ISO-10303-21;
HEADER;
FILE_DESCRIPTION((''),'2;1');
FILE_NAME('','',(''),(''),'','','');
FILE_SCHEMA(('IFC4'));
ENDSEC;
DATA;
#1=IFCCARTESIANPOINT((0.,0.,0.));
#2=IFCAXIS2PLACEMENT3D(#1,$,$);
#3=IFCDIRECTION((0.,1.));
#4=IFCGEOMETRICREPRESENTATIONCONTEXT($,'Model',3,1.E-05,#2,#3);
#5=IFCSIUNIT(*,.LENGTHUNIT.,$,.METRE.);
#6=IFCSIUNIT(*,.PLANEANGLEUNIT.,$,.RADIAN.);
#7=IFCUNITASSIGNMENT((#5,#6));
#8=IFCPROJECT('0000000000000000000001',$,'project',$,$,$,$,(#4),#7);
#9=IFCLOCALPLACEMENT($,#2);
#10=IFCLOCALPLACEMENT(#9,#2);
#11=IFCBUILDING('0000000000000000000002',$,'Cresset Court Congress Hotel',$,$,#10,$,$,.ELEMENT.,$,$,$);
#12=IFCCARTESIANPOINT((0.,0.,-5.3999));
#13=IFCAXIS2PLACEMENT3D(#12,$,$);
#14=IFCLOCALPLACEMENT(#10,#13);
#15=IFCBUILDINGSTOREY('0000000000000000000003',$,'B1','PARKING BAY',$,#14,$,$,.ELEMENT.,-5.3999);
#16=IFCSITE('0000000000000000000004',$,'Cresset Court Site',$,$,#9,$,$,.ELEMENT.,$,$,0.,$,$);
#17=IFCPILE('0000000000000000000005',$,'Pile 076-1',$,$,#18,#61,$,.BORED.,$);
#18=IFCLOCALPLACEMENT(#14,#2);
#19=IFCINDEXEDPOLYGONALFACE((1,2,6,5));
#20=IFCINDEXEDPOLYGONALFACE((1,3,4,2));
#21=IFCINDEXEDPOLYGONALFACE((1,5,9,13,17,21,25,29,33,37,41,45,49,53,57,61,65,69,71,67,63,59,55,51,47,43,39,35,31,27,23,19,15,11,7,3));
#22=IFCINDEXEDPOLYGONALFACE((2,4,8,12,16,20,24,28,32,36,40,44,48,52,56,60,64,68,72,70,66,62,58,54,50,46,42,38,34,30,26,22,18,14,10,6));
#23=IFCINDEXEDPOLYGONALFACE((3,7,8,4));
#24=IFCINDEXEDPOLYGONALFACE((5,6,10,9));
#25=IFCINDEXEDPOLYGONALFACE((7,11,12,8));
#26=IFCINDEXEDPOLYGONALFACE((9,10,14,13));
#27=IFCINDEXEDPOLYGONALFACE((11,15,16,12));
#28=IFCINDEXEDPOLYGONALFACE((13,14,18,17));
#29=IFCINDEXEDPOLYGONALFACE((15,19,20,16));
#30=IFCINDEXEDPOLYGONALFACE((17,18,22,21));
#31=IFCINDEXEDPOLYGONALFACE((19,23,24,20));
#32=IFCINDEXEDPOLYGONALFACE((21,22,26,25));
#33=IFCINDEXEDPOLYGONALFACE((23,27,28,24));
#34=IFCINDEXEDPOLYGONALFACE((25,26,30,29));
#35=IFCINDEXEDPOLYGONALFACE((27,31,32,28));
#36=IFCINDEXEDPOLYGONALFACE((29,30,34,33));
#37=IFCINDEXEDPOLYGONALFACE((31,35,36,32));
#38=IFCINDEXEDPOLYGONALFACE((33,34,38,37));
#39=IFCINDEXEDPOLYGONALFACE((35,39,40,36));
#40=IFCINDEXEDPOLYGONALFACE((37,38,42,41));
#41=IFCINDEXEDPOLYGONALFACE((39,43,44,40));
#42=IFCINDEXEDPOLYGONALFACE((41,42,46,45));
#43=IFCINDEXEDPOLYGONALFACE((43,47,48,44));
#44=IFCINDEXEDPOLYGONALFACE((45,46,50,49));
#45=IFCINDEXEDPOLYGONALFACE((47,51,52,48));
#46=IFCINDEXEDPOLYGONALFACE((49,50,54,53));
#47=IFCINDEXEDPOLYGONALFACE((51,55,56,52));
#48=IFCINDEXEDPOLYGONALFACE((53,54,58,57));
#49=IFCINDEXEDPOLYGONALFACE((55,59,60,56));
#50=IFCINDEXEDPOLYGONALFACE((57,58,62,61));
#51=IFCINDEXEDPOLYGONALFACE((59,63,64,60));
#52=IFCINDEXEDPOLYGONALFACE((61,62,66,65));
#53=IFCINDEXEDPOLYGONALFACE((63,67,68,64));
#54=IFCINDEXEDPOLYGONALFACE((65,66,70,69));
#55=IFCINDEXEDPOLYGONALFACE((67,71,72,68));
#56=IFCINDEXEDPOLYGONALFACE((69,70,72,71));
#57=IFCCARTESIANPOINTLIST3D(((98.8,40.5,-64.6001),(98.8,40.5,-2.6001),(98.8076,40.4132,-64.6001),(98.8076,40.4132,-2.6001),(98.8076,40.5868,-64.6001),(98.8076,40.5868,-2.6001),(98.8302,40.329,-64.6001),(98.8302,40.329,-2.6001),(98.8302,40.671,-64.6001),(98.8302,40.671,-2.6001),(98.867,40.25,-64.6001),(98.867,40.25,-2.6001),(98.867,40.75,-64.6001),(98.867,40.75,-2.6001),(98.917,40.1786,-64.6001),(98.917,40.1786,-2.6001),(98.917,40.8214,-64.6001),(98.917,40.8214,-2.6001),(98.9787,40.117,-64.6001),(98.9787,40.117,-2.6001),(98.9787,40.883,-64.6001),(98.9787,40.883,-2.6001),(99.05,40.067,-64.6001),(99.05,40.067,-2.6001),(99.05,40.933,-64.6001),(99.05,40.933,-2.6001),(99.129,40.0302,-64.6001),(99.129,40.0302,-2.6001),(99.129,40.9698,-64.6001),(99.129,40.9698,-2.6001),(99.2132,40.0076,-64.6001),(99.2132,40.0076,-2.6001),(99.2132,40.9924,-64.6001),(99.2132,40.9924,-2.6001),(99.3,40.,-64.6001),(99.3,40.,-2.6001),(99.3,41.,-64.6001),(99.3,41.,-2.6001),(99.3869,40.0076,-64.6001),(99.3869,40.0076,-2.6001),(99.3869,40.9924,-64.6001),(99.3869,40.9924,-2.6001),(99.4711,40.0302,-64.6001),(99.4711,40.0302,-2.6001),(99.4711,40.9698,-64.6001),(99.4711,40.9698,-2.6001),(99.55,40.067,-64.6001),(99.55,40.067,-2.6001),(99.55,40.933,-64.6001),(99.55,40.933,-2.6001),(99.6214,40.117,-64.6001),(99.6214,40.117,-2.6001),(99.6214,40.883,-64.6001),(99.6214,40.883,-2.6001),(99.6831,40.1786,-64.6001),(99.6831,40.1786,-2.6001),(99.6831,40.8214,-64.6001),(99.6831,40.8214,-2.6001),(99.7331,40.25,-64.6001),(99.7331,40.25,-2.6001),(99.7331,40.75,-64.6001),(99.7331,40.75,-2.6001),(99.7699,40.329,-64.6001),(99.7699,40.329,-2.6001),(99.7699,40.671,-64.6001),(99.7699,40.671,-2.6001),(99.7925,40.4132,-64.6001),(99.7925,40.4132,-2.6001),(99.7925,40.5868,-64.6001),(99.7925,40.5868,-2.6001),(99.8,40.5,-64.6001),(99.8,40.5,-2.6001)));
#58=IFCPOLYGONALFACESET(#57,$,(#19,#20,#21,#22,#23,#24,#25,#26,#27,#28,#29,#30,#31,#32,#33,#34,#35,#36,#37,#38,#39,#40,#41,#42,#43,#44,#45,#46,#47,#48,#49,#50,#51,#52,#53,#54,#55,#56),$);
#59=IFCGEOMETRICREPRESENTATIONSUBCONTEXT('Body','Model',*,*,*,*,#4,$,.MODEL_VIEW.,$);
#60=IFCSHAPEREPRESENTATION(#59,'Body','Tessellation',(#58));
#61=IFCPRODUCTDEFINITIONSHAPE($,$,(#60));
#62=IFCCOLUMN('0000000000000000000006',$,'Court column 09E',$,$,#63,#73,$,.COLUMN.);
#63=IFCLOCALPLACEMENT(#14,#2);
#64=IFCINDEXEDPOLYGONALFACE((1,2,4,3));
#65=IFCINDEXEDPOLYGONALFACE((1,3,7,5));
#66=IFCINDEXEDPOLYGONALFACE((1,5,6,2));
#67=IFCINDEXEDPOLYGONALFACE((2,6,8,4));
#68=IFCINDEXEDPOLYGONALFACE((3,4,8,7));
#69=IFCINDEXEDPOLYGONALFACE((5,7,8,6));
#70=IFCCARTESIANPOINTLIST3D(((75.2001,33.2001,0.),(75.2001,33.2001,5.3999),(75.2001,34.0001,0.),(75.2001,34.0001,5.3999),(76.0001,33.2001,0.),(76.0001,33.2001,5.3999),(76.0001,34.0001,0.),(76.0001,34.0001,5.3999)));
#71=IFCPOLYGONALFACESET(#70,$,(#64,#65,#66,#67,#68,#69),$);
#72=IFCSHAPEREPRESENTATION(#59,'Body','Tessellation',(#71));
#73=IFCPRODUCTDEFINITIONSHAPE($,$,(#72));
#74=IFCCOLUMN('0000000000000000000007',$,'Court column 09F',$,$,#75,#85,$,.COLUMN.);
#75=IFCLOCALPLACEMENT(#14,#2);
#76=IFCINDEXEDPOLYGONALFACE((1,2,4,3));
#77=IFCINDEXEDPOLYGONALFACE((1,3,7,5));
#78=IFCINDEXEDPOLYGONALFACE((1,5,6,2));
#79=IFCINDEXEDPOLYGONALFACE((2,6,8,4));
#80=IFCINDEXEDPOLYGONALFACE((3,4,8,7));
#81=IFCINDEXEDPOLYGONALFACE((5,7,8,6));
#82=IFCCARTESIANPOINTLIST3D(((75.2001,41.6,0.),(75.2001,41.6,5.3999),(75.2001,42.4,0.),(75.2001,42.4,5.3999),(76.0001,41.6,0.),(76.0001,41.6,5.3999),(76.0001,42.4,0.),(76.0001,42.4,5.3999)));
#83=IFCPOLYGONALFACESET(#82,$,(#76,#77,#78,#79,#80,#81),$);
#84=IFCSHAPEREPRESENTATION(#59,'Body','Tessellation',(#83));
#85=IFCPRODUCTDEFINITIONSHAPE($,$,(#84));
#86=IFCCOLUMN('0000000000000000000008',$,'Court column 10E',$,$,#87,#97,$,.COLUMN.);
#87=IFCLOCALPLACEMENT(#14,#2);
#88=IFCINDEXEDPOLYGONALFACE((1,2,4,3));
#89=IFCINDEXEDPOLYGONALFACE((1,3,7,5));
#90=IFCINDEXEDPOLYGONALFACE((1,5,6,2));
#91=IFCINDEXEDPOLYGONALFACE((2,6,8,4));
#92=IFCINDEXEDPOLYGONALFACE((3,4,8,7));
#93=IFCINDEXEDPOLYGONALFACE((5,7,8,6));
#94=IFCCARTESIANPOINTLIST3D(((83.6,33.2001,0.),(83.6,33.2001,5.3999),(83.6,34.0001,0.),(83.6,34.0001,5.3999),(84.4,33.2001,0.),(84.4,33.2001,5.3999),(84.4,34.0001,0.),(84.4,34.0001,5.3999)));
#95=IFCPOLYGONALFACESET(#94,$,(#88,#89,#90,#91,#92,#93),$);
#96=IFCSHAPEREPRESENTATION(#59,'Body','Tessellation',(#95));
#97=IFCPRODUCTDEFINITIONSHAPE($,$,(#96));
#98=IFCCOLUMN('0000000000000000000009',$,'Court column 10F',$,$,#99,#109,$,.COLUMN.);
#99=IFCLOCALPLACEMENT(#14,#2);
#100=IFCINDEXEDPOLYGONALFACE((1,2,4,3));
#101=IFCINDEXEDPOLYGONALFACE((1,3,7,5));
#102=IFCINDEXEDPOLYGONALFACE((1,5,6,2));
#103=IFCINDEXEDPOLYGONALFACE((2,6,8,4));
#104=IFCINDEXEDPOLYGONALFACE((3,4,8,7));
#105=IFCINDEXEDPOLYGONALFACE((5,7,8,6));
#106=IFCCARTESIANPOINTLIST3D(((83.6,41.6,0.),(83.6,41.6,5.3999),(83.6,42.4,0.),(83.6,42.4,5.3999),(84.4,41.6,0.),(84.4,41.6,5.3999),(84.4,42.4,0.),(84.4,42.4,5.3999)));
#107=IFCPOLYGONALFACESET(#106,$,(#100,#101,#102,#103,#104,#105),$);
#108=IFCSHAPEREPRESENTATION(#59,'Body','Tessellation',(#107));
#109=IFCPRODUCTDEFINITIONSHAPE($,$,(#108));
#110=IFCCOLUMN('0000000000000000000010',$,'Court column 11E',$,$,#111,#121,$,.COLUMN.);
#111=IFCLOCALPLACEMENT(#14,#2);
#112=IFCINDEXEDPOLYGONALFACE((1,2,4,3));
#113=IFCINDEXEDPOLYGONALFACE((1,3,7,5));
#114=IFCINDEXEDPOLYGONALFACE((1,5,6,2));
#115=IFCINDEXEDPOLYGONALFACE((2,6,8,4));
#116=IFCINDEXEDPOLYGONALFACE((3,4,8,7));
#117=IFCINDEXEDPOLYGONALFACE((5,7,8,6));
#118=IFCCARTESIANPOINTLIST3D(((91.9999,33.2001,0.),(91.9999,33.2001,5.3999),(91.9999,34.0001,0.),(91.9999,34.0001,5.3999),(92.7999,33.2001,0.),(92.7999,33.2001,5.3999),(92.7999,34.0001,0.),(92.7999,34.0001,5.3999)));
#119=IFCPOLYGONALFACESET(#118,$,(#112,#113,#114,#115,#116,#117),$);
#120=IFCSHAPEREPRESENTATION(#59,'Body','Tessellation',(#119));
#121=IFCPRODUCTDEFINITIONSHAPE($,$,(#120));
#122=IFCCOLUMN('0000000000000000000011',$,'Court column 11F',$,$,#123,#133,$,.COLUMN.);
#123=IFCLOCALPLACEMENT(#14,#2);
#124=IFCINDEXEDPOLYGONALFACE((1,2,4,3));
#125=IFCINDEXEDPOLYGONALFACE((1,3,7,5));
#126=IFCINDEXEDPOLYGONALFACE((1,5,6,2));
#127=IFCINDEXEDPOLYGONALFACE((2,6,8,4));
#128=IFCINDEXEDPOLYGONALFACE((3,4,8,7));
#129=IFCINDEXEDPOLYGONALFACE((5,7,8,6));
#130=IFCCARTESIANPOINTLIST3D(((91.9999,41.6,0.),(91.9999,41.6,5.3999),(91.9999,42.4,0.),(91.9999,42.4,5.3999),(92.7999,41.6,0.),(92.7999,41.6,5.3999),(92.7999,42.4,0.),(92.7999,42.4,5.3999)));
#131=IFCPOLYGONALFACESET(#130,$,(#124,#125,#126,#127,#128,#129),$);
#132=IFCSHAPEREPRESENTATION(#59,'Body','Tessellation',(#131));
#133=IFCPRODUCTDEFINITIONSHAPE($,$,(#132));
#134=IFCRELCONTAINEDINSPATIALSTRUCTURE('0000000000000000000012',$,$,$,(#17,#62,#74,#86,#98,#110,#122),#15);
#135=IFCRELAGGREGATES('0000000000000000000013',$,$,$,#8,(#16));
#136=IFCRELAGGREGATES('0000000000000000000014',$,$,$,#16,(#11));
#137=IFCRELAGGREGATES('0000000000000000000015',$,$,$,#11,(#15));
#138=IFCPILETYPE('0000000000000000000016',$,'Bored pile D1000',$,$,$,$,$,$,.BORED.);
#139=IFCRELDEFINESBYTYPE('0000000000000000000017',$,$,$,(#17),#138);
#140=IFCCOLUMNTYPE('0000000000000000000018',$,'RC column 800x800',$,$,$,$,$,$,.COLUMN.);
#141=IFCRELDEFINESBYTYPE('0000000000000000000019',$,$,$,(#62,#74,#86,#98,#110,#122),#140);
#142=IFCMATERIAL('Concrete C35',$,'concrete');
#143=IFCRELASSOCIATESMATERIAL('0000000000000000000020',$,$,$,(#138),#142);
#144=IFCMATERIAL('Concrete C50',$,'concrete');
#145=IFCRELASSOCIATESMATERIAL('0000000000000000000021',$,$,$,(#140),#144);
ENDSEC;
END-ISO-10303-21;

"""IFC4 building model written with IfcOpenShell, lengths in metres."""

from ifc_helpers import new_model, si_unit, direction, frame, origin, origin_2d, place, context, subcontext, project, spatial, rectangle, circle, extrude, material, material_profile, profile_set, type_object, element, save


model = new_model("IFC4")

# Units and contexts
model_context = context("Model", 3, precision=1e-05, world=origin(), true_north=direction((0.0, 1.0)))
body_context = subcontext(model_context, "Body", "Model", "MODEL_VIEW")
ifc_project = project(units=[si_unit("LENGTHUNIT", "METRE"), si_unit("PLANEANGLEUNIT", "RADIAN")], contexts=[model_context])

# Site, building, storey
site_placement = place(None, origin())
site = spatial("IfcSite", under=ifc_project, at=site_placement, Name="Cresset Court Site", CompositionType="ELEMENT", RefElevation=0.0)
building_placement = place(site_placement, origin())
building = spatial("IfcBuilding", under=site, at=building_placement, Name="Cresset Court Congress Hotel", CompositionType="ELEMENT")
storey_placement = place(building_placement, frame((0.0, 0.0, -5.3999)))
storey = spatial("IfcBuildingStorey", under=building, at=storey_placement, Name="B1", Description="PARKING BAY", CompositionType="ELEMENT", Elevation=-5.3999)

# Pile
ifc_material_1 = material(Name="Concrete C35", Category="concrete")
pile_type = type_object("IfcPileType", Name="Bored pile D1000", PredefinedType="BORED", material=ifc_material_1)
for number, where, z_axis, x_axis, name in (
    (1, (99.3, 40.5, -2.6001), (0.0, 0.0, -1.0), (1.0, 0.0, 0.0), "Pile 076-1"),
):
    element("IfcPile", number, at=place(storey_placement, frame(where, z_axis=z_axis, x_axis=x_axis)), inside=storey, type_object=pile_type, Name=name, PredefinedType="BORED", context=body_context, shape_type="SweptSolid", body=[
        extrude(circle(Radius=0.5, at=origin_2d()), origin(), (0.0, 0.0, 1.0), 62.0),
    ])

# Columns
ifc_material_2 = material(Name="Concrete C50", Category="concrete")
ifc_material_profile = material_profile(ifc_material_2, rectangle(XDim=0.8, YDim=0.8, at=origin_2d()), Name="RC800x800")
ifc_profile_set = profile_set([ifc_material_profile], Name="Concrete C50")
column_type = type_object("IfcColumnType", Name="RC column 800x800", PredefinedType="COLUMN", material=ifc_profile_set)
for number, where, z_axis, x_axis, name in (
    (2, (75.6001, 33.6001, 0.0), (0.0, 0.0, 1.0), (1.0, 0.0, 0.0), "Court column 09E"),
    (3, (75.6001, 42.0, 0.0), (0.0, 0.0, 1.0), (1.0, 0.0, 0.0), "Court column 09F"),
    (4, (84.0, 33.6001, 0.0), (0.0, 0.0, 1.0), (1.0, 0.0, 0.0), "Court column 10E"),
    (5, (84.0, 42.0, 0.0), (0.0, 0.0, 1.0), (1.0, 0.0, 0.0), "Court column 10F"),
    (6, (92.3999, 33.6001, 0.0), (0.0, 0.0, 1.0), (1.0, 0.0, 0.0), "Court column 11E"),
    (7, (92.3999, 42.0, 0.0), (0.0, 0.0, 1.0), (1.0, 0.0, 0.0), "Court column 11F"),
):
    element("IfcColumn", number, at=place(storey_placement, frame(where, z_axis=z_axis, x_axis=x_axis)), inside=storey, type_object=column_type, Name=name, PredefinedType="COLUMN", context=body_context, shape_type="SweptSolid", body=[
        extrude(rectangle(XDim=0.8, YDim=0.8, at=origin_2d()), origin(), (0.0, 0.0, 1.0), 5.3999),
    ])

save(model, "model.ifc")
